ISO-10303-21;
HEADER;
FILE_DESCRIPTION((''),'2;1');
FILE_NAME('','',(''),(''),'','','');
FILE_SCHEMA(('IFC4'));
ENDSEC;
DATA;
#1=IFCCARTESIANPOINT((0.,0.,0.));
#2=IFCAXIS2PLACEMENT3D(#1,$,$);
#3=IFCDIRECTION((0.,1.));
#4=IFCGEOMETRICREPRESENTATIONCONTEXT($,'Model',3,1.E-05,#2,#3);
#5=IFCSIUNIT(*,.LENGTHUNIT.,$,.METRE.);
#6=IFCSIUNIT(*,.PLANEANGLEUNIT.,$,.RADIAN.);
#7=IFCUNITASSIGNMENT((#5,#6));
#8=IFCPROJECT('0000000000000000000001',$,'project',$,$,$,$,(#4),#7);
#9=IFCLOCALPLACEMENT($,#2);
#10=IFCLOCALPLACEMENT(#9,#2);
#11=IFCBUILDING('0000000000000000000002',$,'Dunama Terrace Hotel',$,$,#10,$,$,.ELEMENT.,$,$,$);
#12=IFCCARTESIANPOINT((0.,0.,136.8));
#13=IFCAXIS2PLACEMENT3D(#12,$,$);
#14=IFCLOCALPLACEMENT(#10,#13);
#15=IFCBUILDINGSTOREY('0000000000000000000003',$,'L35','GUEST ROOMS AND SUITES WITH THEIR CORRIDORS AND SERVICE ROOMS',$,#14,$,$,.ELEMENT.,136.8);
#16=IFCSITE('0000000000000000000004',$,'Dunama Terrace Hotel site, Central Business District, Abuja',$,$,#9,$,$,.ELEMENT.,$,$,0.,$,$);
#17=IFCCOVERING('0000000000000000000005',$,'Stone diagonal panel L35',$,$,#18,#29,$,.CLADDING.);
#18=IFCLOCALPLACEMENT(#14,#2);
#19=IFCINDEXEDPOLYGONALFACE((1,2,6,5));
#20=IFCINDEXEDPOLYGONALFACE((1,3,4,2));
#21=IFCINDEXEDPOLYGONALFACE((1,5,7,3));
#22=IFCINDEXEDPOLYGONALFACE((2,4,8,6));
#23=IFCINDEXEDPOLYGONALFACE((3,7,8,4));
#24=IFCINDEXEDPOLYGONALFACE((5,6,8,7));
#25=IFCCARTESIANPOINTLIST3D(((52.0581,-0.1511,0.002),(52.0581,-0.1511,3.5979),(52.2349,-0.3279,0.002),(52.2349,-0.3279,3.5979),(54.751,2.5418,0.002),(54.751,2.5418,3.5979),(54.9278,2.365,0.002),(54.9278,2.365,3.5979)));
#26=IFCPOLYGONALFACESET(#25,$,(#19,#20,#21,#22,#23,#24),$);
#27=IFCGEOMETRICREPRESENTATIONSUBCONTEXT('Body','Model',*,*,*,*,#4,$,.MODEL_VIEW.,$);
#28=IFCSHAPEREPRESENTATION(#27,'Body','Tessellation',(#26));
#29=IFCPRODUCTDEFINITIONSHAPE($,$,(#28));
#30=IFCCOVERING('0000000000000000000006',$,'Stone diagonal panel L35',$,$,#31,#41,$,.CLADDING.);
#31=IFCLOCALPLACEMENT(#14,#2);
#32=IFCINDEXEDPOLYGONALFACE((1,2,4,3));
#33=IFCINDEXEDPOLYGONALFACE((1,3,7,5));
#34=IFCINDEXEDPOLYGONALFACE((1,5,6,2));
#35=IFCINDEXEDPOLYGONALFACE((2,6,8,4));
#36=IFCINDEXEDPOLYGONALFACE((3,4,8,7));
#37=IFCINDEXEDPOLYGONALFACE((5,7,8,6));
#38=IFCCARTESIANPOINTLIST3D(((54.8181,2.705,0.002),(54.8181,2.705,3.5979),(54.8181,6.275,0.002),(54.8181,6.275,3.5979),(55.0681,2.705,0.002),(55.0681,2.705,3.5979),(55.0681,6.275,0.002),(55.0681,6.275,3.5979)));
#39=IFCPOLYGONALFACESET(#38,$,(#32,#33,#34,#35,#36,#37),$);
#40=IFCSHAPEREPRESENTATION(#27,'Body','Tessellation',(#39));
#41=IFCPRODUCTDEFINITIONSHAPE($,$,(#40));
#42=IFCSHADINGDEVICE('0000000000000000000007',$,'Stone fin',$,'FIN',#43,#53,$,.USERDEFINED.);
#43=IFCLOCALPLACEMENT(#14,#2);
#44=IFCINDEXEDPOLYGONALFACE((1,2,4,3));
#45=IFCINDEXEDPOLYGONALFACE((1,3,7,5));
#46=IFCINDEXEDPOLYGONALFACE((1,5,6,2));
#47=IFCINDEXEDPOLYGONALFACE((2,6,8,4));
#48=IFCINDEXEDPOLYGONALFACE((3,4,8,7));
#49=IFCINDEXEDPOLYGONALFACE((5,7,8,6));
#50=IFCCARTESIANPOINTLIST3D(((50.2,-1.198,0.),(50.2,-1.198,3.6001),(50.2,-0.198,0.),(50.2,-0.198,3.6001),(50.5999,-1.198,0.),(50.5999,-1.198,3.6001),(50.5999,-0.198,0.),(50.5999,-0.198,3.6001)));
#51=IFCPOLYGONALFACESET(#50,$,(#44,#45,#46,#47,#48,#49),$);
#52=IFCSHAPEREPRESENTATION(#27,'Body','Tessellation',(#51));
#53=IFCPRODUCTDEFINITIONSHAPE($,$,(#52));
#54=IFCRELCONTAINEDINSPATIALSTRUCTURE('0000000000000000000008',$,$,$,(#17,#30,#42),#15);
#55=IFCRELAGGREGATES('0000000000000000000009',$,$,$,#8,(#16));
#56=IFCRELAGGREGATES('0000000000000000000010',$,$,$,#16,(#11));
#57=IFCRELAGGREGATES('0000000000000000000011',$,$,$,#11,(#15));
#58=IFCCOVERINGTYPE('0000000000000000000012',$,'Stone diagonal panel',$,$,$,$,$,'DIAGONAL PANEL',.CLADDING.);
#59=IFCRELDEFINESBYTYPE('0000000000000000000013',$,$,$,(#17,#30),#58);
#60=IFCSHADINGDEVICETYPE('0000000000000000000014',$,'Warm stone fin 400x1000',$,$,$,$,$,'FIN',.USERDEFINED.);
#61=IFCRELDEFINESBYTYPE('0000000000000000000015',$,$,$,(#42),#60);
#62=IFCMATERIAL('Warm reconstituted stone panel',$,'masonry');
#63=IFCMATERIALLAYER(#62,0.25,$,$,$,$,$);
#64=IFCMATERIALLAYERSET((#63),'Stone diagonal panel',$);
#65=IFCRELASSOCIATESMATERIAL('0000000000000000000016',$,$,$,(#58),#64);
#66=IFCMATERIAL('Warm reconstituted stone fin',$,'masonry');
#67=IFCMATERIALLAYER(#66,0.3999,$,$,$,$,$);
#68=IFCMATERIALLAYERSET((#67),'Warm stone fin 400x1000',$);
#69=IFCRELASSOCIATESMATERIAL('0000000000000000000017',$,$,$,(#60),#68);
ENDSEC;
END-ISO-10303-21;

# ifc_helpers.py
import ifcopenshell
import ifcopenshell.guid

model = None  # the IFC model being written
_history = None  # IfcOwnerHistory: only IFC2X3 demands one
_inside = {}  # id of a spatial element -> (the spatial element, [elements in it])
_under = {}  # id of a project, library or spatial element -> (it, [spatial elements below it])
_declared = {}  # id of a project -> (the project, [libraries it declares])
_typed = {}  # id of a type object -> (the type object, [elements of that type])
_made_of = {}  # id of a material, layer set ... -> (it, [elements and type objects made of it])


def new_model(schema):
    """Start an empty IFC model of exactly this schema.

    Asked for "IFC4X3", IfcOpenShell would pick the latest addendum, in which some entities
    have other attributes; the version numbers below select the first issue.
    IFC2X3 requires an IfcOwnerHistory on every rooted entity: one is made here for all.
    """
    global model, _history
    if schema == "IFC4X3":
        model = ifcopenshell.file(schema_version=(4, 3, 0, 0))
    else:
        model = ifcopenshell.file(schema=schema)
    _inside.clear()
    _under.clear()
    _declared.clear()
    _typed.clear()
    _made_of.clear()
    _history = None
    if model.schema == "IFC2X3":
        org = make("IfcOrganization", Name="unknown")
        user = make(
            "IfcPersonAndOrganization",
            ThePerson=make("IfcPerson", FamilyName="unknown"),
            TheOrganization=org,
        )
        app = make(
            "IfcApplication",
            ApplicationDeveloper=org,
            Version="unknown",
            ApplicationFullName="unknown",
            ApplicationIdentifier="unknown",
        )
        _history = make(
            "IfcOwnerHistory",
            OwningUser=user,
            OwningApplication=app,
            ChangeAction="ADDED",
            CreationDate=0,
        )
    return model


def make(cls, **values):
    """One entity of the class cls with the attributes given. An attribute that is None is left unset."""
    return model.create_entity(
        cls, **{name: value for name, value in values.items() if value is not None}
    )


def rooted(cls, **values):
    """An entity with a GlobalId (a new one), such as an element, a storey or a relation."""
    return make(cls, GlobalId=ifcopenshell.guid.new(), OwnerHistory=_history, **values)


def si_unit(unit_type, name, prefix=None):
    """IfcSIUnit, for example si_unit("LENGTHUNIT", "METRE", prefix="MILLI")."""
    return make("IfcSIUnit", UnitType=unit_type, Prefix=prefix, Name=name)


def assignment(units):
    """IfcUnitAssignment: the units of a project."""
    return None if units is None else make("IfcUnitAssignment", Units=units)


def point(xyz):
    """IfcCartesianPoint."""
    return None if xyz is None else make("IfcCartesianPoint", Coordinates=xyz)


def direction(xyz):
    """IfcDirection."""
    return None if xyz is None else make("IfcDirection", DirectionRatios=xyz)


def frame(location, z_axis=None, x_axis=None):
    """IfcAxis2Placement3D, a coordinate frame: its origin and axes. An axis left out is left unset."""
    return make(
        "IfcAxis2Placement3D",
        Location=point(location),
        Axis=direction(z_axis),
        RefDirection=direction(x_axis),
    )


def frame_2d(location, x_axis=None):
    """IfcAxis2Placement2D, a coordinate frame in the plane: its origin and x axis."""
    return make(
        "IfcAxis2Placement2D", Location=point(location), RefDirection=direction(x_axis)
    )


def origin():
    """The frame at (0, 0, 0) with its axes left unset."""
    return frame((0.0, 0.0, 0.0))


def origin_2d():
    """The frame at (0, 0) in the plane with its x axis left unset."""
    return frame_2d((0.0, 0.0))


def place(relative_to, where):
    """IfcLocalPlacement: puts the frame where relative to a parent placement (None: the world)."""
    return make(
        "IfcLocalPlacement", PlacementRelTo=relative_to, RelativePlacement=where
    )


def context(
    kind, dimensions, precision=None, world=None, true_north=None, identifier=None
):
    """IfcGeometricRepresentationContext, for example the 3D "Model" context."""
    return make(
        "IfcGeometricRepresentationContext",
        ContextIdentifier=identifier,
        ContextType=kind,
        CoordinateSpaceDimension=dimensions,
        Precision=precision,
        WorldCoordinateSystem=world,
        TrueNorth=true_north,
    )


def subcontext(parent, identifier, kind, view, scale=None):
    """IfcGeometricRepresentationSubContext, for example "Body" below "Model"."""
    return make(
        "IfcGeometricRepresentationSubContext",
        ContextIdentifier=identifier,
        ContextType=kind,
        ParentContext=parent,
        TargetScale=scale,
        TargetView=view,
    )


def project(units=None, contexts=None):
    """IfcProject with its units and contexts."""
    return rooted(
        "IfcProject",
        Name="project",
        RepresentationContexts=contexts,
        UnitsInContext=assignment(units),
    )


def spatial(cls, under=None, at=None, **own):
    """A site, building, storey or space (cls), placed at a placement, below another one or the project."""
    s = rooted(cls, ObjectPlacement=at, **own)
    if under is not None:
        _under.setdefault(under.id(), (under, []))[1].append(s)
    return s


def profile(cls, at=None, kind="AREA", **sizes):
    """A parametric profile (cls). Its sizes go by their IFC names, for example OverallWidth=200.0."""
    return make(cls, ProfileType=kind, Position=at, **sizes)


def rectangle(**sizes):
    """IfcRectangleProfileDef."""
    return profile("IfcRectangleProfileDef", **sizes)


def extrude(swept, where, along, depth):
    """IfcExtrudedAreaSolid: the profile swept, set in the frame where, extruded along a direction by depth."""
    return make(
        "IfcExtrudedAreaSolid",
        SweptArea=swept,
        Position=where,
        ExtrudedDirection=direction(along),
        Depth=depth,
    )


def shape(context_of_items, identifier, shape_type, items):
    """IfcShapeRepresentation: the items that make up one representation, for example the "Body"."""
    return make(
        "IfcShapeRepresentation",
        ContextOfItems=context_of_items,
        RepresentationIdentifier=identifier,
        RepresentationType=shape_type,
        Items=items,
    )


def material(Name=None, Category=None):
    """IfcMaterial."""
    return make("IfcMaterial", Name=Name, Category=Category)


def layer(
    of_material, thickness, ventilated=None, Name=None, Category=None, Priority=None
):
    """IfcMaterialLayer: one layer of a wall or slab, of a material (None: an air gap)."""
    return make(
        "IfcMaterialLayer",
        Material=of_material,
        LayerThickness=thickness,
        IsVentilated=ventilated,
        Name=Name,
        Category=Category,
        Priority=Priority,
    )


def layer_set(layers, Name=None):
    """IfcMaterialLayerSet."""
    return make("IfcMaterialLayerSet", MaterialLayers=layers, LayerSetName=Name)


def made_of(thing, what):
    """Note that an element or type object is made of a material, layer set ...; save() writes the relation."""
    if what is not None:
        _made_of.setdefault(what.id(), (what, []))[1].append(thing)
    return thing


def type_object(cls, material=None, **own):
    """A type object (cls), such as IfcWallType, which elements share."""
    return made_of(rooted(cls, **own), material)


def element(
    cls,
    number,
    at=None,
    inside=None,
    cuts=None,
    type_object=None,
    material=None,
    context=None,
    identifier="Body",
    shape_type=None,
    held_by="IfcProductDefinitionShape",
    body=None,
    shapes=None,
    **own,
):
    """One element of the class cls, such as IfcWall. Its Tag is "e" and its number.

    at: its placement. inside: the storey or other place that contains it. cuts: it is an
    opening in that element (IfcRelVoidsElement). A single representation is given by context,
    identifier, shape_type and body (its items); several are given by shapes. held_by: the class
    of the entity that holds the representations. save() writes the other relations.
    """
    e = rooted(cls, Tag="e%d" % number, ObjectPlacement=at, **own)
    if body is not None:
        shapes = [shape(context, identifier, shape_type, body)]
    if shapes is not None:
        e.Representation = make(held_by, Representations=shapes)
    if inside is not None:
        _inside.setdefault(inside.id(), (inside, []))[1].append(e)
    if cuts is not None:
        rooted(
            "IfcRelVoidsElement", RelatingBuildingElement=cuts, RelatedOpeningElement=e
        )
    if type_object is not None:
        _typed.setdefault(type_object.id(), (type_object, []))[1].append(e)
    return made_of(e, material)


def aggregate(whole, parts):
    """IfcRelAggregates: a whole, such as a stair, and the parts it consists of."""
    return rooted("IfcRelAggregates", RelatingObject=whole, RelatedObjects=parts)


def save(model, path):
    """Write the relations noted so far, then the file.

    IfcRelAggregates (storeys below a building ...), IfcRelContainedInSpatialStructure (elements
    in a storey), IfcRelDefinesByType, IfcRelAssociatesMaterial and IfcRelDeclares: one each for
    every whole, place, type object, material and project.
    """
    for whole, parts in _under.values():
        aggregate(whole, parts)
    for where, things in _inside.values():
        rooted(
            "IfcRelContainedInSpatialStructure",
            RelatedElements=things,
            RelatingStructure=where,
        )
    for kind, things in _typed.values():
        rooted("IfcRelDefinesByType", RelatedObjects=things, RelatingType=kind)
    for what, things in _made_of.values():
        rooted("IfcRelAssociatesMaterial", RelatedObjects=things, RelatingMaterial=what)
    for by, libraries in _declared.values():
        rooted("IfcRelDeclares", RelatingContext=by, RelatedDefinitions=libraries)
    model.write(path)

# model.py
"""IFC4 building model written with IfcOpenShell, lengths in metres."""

from ifc_helpers import new_model, si_unit, direction, frame, origin, origin_2d, place, context, subcontext, project, spatial, rectangle, extrude, material, layer, layer_set, type_object, element, save


model = new_model("IFC4")

# Units and contexts
model_context = context("Model", 3, precision=1e-05, world=origin(), true_north=direction((0.0, 1.0)))
body_context = subcontext(model_context, "Body", "Model", "MODEL_VIEW")
ifc_project = project(units=[si_unit("LENGTHUNIT", "METRE"), si_unit("PLANEANGLEUNIT", "RADIAN")], contexts=[model_context])

# Site, building, storey
site_placement = place(None, origin())
site = spatial("IfcSite", under=ifc_project, at=site_placement, Name="Dunama Terrace Hotel site, Central Business District, Abuja", CompositionType="ELEMENT", RefElevation=0.0)
building_placement = place(site_placement, origin())
building = spatial("IfcBuilding", under=site, at=building_placement, Name="Dunama Terrace Hotel", CompositionType="ELEMENT")
storey_placement = place(building_placement, frame((0.0, 0.0, 136.8)))
storey = spatial("IfcBuildingStorey", under=building, at=storey_placement, Name="L35", Description="GUEST ROOMS AND SUITES WITH THEIR CORRIDORS AND SERVICE ROOMS", CompositionType="ELEMENT", Elevation=136.8)

# Coverings
ifc_material_1 = material(Name="Warm reconstituted stone panel", Category="masonry")
ifc_layer_1 = layer(ifc_material_1, 0.25)
ifc_layer_set_1 = layer_set([ifc_layer_1], Name="Stone diagonal panel")
covering_type = type_object("IfcCoveringType", Name="Stone diagonal panel", ElementType="DIAGONAL PANEL", PredefinedType="CLADDING", material=ifc_layer_set_1)
covering_1_placement = place(storey_placement, frame((53.4929, 1.1069, 0.002), z_axis=(0.0, 0.0, 1.0), x_axis=(0.707107, 0.707107, 0.0)))
element("IfcCovering", 1, at=covering_1_placement, inside=storey, type_object=covering_type, Name="Stone diagonal panel L35", PredefinedType="CLADDING", context=body_context, shape_type="SweptSolid", body=[
    extrude(rectangle(XDim=3.8083, YDim=0.25, at=origin_2d()), origin(), (0.0, 0.0, 1.0), 3.5959),
])
covering_2_placement = place(storey_placement, frame((54.9431, 4.49, 0.002), z_axis=(0.0, 0.0, 1.0), x_axis=(0.0, 1.0, 0.0)))
element("IfcCovering", 2, at=covering_2_placement, inside=storey, type_object=covering_type, Name="Stone diagonal panel L35", PredefinedType="CLADDING", context=body_context, shape_type="SweptSolid", body=[
    extrude(rectangle(XDim=3.5701, YDim=0.25, at=origin_2d()), origin(), (0.0, 0.0, 1.0), 3.5959),
])

# Shading device
ifc_material_2 = material(Name="Warm reconstituted stone fin", Category="masonry")
ifc_layer_2 = layer(ifc_material_2, 0.3999)
ifc_layer_set_2 = layer_set([ifc_layer_2], Name="Warm stone fin 400x1000")
shading_device_type = type_object("IfcShadingDeviceType", Name="Warm stone fin 400x1000", ElementType="FIN", PredefinedType="USERDEFINED", material=ifc_layer_set_2)
shading_device_placement = place(storey_placement, frame((50.3999, -0.698, 0.0), z_axis=(0.0, 0.0, 1.0), x_axis=(1.0, 0.0, 0.0)))
element("IfcShadingDevice", 3, at=shading_device_placement, inside=storey, type_object=shading_device_type, Name="Stone fin", ObjectType="FIN", PredefinedType="USERDEFINED", context=body_context, shape_type="SweptSolid", body=[
    extrude(rectangle(XDim=0.3999, YDim=1.0, at=origin_2d()), origin(), (0.0, 0.0, 1.0), 3.6001),
])

save(model, "model.ifc")
